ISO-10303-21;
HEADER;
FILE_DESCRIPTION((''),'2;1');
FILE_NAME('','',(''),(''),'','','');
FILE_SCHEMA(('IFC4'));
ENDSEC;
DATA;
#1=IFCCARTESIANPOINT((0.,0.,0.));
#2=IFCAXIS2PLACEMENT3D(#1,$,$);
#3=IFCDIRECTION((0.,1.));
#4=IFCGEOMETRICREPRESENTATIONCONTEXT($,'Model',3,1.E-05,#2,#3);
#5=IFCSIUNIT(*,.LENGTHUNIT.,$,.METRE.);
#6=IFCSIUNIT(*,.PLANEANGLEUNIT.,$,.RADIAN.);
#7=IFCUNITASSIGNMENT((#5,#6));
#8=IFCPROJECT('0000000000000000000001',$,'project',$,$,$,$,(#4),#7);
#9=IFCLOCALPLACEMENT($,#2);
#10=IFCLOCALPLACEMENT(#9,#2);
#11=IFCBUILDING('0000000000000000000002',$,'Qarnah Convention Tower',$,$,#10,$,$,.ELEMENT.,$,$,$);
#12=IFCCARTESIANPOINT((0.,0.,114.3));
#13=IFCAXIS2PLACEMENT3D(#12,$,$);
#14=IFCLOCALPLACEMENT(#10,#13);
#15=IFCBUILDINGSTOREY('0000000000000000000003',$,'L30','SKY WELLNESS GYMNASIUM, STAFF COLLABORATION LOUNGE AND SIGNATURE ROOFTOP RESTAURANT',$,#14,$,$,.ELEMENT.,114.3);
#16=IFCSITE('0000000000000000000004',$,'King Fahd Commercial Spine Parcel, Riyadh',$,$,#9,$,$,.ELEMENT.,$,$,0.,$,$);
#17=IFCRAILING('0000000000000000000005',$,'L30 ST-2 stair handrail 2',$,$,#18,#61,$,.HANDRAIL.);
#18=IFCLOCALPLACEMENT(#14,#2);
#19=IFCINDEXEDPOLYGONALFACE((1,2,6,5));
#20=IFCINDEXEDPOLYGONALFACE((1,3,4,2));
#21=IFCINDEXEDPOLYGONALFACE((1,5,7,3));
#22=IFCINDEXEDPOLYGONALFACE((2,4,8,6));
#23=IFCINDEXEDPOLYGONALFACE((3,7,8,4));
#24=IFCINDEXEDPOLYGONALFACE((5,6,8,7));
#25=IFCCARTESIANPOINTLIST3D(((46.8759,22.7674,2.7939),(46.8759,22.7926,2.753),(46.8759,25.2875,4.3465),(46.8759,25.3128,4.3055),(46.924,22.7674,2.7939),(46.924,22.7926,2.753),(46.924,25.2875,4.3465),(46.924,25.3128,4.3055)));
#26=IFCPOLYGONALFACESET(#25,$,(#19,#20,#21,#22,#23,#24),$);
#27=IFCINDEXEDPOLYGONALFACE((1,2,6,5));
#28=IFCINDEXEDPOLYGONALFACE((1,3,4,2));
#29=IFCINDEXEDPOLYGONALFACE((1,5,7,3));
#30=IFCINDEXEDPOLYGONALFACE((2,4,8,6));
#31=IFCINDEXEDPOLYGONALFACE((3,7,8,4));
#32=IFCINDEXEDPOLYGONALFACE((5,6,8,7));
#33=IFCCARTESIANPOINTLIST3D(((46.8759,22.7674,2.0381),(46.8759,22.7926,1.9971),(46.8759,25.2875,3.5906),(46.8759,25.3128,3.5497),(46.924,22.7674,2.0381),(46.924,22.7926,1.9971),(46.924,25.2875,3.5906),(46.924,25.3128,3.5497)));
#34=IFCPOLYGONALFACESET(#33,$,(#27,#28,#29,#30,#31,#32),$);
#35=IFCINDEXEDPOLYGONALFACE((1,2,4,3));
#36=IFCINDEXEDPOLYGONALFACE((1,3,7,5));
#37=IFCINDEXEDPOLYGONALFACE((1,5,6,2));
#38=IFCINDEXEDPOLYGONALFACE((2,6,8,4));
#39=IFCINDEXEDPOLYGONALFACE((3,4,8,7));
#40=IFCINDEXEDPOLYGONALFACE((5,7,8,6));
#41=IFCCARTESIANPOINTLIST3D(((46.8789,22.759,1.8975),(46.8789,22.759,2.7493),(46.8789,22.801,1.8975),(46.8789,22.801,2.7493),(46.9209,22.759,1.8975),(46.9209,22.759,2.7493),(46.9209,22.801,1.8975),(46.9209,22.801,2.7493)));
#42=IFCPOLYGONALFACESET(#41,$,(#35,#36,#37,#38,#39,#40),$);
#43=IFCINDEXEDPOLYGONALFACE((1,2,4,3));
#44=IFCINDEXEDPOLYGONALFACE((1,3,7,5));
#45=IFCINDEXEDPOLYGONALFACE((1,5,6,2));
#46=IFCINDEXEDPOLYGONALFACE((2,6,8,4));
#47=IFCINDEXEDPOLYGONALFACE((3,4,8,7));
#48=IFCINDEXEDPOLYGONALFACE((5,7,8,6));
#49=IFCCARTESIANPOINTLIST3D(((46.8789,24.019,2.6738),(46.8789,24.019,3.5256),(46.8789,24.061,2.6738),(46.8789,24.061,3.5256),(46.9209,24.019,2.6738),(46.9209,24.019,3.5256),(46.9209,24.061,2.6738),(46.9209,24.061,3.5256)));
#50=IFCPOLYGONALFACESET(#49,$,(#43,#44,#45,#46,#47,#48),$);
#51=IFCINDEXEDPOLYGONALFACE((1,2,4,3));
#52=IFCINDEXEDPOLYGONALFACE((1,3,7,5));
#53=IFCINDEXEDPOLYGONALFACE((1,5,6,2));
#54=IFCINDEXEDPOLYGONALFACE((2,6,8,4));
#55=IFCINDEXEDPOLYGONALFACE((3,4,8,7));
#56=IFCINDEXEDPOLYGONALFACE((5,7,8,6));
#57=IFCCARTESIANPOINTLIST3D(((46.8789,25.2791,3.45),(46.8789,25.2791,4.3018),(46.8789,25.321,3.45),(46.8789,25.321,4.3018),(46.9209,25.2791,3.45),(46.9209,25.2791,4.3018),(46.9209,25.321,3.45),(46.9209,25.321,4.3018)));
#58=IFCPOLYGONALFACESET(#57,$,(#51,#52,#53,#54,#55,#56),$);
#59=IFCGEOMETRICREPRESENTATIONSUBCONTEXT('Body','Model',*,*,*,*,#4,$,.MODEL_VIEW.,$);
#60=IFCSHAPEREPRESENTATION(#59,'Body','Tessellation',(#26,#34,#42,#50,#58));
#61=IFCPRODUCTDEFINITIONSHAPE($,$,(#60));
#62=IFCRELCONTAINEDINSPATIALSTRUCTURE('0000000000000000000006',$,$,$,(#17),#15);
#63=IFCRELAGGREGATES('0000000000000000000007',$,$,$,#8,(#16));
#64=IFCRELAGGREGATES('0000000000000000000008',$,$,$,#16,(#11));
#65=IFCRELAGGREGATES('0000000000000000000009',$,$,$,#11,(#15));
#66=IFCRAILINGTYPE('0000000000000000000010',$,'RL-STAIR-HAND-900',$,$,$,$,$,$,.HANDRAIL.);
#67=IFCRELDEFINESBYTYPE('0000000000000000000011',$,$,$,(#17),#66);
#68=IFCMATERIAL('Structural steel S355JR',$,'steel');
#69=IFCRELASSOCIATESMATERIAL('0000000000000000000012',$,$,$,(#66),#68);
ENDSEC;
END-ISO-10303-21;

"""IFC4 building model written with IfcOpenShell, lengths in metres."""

from ifc_helpers import new_model, si_unit, direction, frame, origin, origin_2d, place, context, subcontext, project, spatial, rectangle, extrude, material, type_object, element, save


model = new_model("IFC4")

# Units and contexts
model_context = context("Model", 3, precision=1e-05, world=origin(), true_north=direction((0.0, 1.0)))
body_context = subcontext(model_context, "Body", "Model", "MODEL_VIEW")
ifc_project = project(units=[si_unit("LENGTHUNIT", "METRE"), si_unit("PLANEANGLEUNIT", "RADIAN")], contexts=[model_context])

# Site, building, storey
site_placement = place(None, origin())
site = spatial("IfcSite", under=ifc_project, at=site_placement, Name="King Fahd Commercial Spine Parcel, Riyadh", CompositionType="ELEMENT", RefElevation=0.0)
building_placement = place(site_placement, origin())
building = spatial("IfcBuilding", under=site, at=building_placement, Name="Qarnah Convention Tower", CompositionType="ELEMENT")
storey_placement = place(building_placement, frame((0.0, 0.0, 114.3)))
storey = spatial("IfcBuildingStorey", under=building, at=storey_placement, Name="L30", Description="SKY WELLNESS GYMNASIUM, STAFF COLLABORATION LOUNGE AND SIGNATURE ROOFTOP RESTAURANT", CompositionType="ELEMENT", Elevation=114.3)

# Shared definitions
ifc_material_1 = material(Name="Structural steel S355JR", Category="steel")

# Railing
railing_type_1 = type_object("IfcRailingType", Name="RL-STAIR-HAND-900", PredefinedType="HANDRAIL", material=ifc_material_1)
railing_1_placement = place(storey_placement, frame((46.8999, 22.78, 1.8975)))
element("IfcRailing", 1, at=railing_1_placement, inside=storey, type_object=railing_type_1, Name="L30 ST-2 stair handrail 2", PredefinedType="HANDRAIL", context=body_context, shape_type="SweptSolid", body=[
    extrude(rectangle(XDim=0.0481, YDim=0.0481, at=origin_2d()), frame((0.0, 0.0, 0.876), z_axis=(0.0, 0.8514, 0.524516), x_axis=(-1.0, 0.0, 0.0)), (0.0, 0.0, 1.0), 2.96),
    extrude(rectangle(XDim=0.0481, YDim=0.0481, at=origin_2d()), frame((0.0, 0.0, 0.1201), z_axis=(0.0, 0.8514, 0.524516), x_axis=(-1.0, 0.0, 0.0)), (0.0, 0.0, 1.0), 2.96),
    extrude(rectangle(XDim=0.042, YDim=0.042, at=origin_2d()), origin(), (0.0, 0.0, 1.0), 0.8518),
    extrude(rectangle(XDim=0.042, YDim=0.042, at=origin_2d()), frame((0.0, 1.26, 0.7764)), (0.0, 0.0, 1.0), 0.8518),
    extrude(rectangle(XDim=0.042, YDim=0.042, at=origin_2d()), frame((0.0, 2.52, 1.5525)), (0.0, 0.0, 1.0), 0.8518),
])

save(model, "model.ifc")
